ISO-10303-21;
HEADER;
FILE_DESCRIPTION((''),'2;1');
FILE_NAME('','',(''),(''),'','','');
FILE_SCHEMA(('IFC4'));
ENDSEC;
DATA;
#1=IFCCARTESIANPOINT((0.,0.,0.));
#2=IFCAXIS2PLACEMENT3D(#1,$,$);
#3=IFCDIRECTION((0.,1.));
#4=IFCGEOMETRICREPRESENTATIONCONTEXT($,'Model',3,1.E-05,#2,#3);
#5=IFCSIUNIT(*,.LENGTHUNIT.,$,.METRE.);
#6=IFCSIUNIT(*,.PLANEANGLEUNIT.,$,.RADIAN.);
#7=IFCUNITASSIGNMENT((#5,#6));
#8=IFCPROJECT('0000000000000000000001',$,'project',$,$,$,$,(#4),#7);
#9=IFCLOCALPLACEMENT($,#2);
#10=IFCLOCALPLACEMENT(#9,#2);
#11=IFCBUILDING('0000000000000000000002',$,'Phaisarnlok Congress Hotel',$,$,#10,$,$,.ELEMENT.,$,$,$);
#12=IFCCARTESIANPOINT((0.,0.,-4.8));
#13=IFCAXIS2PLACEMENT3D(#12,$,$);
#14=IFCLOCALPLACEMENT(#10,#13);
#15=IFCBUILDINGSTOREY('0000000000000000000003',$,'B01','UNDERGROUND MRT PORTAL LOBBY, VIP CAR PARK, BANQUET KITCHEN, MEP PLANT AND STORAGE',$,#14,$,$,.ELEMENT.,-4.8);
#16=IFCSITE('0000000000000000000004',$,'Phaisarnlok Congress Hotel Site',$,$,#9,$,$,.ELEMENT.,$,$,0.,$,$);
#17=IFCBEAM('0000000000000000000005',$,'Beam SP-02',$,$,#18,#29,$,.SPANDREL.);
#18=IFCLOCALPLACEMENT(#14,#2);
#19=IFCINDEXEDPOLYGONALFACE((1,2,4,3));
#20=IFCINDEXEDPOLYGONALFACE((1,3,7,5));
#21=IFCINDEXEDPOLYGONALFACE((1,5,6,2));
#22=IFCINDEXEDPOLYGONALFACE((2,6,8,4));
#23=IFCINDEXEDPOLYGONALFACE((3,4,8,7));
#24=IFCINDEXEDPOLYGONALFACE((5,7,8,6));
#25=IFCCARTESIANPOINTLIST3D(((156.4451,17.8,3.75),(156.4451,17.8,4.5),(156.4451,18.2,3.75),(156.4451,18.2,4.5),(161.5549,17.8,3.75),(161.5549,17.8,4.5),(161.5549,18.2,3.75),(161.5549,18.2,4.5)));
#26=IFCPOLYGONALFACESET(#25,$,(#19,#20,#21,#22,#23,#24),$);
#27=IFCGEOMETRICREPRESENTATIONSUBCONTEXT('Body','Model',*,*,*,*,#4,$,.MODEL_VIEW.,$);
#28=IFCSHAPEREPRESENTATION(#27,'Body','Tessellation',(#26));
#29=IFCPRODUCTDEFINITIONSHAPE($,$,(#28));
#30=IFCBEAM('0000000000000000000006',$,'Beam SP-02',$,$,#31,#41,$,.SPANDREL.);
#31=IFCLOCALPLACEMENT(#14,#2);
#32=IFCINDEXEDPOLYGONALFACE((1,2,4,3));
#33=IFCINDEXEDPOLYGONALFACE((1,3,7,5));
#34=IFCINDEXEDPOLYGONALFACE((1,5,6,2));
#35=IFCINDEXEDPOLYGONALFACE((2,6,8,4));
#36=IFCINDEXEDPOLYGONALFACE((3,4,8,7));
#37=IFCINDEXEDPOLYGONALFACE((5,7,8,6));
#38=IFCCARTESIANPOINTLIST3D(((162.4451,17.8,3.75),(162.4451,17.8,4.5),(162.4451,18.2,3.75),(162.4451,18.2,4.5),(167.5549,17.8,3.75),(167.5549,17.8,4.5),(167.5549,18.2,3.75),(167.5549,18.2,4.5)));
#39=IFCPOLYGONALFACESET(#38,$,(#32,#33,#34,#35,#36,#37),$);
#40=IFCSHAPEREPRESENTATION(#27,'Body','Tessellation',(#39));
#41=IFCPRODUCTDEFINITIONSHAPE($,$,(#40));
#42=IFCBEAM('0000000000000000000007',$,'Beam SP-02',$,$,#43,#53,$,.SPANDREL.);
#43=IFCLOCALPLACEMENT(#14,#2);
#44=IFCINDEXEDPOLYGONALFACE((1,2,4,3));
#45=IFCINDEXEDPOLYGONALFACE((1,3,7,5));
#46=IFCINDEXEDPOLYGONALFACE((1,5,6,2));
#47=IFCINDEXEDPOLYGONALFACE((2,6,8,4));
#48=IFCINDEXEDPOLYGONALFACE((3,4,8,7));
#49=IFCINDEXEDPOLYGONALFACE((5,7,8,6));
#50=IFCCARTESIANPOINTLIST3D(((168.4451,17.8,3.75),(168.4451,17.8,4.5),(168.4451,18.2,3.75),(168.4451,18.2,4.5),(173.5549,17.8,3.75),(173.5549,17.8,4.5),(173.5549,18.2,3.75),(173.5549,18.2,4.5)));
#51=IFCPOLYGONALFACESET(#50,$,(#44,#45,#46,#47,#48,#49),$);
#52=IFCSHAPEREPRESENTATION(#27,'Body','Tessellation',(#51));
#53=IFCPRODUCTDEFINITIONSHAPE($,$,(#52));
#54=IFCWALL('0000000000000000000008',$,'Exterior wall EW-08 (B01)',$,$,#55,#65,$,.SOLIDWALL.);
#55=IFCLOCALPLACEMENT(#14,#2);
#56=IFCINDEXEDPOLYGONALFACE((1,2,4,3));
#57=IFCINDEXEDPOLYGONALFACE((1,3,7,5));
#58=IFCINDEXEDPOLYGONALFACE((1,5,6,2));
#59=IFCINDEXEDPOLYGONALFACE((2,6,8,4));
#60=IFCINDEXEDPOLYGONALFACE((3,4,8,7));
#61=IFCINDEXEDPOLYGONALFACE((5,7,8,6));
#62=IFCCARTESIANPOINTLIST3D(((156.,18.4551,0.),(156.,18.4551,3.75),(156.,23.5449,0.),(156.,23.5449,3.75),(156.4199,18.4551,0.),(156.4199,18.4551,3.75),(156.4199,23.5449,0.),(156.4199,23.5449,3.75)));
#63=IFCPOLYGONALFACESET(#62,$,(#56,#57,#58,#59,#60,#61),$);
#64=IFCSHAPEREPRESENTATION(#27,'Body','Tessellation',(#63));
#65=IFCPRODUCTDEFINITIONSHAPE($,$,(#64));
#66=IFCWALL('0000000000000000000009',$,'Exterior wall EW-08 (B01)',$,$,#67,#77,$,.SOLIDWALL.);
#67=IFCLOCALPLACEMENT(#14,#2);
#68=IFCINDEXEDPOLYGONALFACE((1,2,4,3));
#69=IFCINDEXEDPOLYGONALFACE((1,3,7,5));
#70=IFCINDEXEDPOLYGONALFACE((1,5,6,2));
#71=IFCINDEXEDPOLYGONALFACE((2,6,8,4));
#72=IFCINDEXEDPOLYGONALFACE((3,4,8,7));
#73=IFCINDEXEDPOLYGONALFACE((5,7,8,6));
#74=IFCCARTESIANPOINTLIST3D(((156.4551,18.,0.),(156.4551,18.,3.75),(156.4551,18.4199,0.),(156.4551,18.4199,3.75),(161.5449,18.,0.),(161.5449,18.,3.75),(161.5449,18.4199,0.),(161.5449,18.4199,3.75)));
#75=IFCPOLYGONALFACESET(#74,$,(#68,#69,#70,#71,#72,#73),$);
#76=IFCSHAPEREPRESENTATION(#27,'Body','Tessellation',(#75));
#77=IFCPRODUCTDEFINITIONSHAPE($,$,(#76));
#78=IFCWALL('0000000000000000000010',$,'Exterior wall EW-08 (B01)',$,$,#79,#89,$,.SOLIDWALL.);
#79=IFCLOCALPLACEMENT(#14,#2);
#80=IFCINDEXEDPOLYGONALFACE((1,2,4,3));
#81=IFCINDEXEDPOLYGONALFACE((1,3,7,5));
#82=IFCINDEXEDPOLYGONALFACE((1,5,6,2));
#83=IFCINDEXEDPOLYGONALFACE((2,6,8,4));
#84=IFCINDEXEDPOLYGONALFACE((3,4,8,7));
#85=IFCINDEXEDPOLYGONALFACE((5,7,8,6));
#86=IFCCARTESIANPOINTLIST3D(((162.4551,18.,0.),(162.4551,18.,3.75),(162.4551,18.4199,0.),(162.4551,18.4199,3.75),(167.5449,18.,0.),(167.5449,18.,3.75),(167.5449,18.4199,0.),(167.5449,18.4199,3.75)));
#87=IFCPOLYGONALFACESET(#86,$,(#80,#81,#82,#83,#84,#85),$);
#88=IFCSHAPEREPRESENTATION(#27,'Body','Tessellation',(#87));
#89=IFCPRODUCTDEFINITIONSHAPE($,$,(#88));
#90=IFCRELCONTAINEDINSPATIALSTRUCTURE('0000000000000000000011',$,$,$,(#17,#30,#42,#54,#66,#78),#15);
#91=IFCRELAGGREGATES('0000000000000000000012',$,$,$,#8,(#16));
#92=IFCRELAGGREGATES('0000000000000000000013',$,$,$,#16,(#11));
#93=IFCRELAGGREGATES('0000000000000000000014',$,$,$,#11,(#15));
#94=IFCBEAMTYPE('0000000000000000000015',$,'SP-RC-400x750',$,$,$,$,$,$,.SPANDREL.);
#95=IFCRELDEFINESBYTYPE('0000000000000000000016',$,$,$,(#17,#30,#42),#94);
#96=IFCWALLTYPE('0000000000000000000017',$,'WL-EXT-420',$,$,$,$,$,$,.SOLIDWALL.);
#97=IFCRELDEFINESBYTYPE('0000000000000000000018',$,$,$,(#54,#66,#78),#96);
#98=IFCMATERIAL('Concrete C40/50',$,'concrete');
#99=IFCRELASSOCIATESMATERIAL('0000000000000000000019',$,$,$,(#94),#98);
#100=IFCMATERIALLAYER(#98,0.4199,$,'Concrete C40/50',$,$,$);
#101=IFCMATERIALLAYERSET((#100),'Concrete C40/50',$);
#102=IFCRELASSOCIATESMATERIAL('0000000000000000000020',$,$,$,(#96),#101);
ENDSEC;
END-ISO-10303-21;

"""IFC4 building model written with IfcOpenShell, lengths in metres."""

from ifc_helpers import new_model, si_unit, direction, frame, frame_2d, origin, origin_2d, place, context, subcontext, project, spatial, rectangle, extrude, material, layer, layer_set, material_profile, profile_set, type_object, element, save


model = new_model("IFC4")

# Units and contexts
model_context = context("Model", 3, precision=1e-05, world=origin(), true_north=direction((0.0, 1.0)))
body_context = subcontext(model_context, "Body", "Model", "MODEL_VIEW")
ifc_project = project(units=[si_unit("LENGTHUNIT", "METRE"), si_unit("PLANEANGLEUNIT", "RADIAN")], contexts=[model_context])

# Site, building, storey
site_placement = place(None, origin())
site = spatial("IfcSite", under=ifc_project, at=site_placement, Name="Phaisarnlok Congress Hotel Site", CompositionType="ELEMENT", RefElevation=0.0)
building_placement = place(site_placement, origin())
building = spatial("IfcBuilding", under=site, at=building_placement, Name="Phaisarnlok Congress Hotel", CompositionType="ELEMENT")
storey_placement = place(building_placement, frame((0.0, 0.0, -4.8)))
storey = spatial("IfcBuildingStorey", under=building, at=storey_placement, Name="B01", Description="UNDERGROUND MRT PORTAL LOBBY, VIP CAR PARK, BANQUET KITCHEN, MEP PLANT AND STORAGE", CompositionType="ELEMENT", Elevation=-4.8)

# Shared definitions
ifc_material_1 = material(Name="Concrete C40/50", Category="concrete")

# Beams
ifc_material_profile_1 = material_profile(ifc_material_1, rectangle(XDim=0.3999, YDim=0.75, at=origin_2d()), Name="RC 400x750")
ifc_profile_set_1 = profile_set([ifc_material_profile_1], Name="Concrete C40/50")
beam_type_1 = type_object("IfcBeamType", Name="SP-RC-400x750", PredefinedType="SPANDREL", material=ifc_profile_set_1)
for number, where, z_axis, x_axis, name in (
    (1, (156.4451, 18.0, 4.125), (1.0, 0.0, 0.0), (0.0, 1.0, 0.0), "Beam SP-02"),
    (2, (162.4451, 18.0, 4.125), (1.0, 0.0, 0.0), (0.0, 1.0, 0.0), "Beam SP-02"),
    (3, (168.4451, 18.0, 4.125), (1.0, 0.0, 0.0), (0.0, 1.0, 0.0), "Beam SP-02"),
):
    element("IfcBeam", number, at=place(storey_placement, frame(where, z_axis=z_axis, x_axis=x_axis)), inside=storey, type_object=beam_type_1, Name=name, PredefinedType="SPANDREL", context=body_context, shape_type="SweptSolid", body=[
        extrude(rectangle(XDim=0.3999, YDim=0.75, at=origin_2d()), origin(), (0.0, 0.0, 1.0), 5.1099),
    ])

# Walls
ifc_layer = layer(ifc_material_1, 0.4199, Name="Concrete C40/50")
ifc_layer_set = layer_set([ifc_layer], Name="Concrete C40/50")
wall_type = type_object("IfcWallType", Name="WL-EXT-420", PredefinedType="SOLIDWALL", material=ifc_layer_set)
for number, where, z_axis, x_axis, name in (
    (4, (156.21, 23.5449, 0.0), (0.0, 0.0, 1.0), (0.0, -1.0, 0.0), "Exterior wall EW-08 (B01)"),
    (5, (156.4551, 18.21, 0.0), (0.0, 0.0, 1.0), (1.0, 0.0, 0.0), "Exterior wall EW-08 (B01)"),
    (6, (162.4551, 18.21, 0.0), (0.0, 0.0, 1.0), (1.0, 0.0, 0.0), "Exterior wall EW-08 (B01)"),
):
    element("IfcWall", number, at=place(storey_placement, frame(where, z_axis=z_axis, x_axis=x_axis)), inside=storey, type_object=wall_type, Name=name, PredefinedType="SOLIDWALL", context=body_context, shape_type="SweptSolid", body=[
        extrude(rectangle(XDim=5.0898, YDim=0.4199, at=frame_2d((2.5449, 0.0))), origin(), (0.0, 0.0, 1.0), 3.75),
    ])

save(model, "model.ifc")
